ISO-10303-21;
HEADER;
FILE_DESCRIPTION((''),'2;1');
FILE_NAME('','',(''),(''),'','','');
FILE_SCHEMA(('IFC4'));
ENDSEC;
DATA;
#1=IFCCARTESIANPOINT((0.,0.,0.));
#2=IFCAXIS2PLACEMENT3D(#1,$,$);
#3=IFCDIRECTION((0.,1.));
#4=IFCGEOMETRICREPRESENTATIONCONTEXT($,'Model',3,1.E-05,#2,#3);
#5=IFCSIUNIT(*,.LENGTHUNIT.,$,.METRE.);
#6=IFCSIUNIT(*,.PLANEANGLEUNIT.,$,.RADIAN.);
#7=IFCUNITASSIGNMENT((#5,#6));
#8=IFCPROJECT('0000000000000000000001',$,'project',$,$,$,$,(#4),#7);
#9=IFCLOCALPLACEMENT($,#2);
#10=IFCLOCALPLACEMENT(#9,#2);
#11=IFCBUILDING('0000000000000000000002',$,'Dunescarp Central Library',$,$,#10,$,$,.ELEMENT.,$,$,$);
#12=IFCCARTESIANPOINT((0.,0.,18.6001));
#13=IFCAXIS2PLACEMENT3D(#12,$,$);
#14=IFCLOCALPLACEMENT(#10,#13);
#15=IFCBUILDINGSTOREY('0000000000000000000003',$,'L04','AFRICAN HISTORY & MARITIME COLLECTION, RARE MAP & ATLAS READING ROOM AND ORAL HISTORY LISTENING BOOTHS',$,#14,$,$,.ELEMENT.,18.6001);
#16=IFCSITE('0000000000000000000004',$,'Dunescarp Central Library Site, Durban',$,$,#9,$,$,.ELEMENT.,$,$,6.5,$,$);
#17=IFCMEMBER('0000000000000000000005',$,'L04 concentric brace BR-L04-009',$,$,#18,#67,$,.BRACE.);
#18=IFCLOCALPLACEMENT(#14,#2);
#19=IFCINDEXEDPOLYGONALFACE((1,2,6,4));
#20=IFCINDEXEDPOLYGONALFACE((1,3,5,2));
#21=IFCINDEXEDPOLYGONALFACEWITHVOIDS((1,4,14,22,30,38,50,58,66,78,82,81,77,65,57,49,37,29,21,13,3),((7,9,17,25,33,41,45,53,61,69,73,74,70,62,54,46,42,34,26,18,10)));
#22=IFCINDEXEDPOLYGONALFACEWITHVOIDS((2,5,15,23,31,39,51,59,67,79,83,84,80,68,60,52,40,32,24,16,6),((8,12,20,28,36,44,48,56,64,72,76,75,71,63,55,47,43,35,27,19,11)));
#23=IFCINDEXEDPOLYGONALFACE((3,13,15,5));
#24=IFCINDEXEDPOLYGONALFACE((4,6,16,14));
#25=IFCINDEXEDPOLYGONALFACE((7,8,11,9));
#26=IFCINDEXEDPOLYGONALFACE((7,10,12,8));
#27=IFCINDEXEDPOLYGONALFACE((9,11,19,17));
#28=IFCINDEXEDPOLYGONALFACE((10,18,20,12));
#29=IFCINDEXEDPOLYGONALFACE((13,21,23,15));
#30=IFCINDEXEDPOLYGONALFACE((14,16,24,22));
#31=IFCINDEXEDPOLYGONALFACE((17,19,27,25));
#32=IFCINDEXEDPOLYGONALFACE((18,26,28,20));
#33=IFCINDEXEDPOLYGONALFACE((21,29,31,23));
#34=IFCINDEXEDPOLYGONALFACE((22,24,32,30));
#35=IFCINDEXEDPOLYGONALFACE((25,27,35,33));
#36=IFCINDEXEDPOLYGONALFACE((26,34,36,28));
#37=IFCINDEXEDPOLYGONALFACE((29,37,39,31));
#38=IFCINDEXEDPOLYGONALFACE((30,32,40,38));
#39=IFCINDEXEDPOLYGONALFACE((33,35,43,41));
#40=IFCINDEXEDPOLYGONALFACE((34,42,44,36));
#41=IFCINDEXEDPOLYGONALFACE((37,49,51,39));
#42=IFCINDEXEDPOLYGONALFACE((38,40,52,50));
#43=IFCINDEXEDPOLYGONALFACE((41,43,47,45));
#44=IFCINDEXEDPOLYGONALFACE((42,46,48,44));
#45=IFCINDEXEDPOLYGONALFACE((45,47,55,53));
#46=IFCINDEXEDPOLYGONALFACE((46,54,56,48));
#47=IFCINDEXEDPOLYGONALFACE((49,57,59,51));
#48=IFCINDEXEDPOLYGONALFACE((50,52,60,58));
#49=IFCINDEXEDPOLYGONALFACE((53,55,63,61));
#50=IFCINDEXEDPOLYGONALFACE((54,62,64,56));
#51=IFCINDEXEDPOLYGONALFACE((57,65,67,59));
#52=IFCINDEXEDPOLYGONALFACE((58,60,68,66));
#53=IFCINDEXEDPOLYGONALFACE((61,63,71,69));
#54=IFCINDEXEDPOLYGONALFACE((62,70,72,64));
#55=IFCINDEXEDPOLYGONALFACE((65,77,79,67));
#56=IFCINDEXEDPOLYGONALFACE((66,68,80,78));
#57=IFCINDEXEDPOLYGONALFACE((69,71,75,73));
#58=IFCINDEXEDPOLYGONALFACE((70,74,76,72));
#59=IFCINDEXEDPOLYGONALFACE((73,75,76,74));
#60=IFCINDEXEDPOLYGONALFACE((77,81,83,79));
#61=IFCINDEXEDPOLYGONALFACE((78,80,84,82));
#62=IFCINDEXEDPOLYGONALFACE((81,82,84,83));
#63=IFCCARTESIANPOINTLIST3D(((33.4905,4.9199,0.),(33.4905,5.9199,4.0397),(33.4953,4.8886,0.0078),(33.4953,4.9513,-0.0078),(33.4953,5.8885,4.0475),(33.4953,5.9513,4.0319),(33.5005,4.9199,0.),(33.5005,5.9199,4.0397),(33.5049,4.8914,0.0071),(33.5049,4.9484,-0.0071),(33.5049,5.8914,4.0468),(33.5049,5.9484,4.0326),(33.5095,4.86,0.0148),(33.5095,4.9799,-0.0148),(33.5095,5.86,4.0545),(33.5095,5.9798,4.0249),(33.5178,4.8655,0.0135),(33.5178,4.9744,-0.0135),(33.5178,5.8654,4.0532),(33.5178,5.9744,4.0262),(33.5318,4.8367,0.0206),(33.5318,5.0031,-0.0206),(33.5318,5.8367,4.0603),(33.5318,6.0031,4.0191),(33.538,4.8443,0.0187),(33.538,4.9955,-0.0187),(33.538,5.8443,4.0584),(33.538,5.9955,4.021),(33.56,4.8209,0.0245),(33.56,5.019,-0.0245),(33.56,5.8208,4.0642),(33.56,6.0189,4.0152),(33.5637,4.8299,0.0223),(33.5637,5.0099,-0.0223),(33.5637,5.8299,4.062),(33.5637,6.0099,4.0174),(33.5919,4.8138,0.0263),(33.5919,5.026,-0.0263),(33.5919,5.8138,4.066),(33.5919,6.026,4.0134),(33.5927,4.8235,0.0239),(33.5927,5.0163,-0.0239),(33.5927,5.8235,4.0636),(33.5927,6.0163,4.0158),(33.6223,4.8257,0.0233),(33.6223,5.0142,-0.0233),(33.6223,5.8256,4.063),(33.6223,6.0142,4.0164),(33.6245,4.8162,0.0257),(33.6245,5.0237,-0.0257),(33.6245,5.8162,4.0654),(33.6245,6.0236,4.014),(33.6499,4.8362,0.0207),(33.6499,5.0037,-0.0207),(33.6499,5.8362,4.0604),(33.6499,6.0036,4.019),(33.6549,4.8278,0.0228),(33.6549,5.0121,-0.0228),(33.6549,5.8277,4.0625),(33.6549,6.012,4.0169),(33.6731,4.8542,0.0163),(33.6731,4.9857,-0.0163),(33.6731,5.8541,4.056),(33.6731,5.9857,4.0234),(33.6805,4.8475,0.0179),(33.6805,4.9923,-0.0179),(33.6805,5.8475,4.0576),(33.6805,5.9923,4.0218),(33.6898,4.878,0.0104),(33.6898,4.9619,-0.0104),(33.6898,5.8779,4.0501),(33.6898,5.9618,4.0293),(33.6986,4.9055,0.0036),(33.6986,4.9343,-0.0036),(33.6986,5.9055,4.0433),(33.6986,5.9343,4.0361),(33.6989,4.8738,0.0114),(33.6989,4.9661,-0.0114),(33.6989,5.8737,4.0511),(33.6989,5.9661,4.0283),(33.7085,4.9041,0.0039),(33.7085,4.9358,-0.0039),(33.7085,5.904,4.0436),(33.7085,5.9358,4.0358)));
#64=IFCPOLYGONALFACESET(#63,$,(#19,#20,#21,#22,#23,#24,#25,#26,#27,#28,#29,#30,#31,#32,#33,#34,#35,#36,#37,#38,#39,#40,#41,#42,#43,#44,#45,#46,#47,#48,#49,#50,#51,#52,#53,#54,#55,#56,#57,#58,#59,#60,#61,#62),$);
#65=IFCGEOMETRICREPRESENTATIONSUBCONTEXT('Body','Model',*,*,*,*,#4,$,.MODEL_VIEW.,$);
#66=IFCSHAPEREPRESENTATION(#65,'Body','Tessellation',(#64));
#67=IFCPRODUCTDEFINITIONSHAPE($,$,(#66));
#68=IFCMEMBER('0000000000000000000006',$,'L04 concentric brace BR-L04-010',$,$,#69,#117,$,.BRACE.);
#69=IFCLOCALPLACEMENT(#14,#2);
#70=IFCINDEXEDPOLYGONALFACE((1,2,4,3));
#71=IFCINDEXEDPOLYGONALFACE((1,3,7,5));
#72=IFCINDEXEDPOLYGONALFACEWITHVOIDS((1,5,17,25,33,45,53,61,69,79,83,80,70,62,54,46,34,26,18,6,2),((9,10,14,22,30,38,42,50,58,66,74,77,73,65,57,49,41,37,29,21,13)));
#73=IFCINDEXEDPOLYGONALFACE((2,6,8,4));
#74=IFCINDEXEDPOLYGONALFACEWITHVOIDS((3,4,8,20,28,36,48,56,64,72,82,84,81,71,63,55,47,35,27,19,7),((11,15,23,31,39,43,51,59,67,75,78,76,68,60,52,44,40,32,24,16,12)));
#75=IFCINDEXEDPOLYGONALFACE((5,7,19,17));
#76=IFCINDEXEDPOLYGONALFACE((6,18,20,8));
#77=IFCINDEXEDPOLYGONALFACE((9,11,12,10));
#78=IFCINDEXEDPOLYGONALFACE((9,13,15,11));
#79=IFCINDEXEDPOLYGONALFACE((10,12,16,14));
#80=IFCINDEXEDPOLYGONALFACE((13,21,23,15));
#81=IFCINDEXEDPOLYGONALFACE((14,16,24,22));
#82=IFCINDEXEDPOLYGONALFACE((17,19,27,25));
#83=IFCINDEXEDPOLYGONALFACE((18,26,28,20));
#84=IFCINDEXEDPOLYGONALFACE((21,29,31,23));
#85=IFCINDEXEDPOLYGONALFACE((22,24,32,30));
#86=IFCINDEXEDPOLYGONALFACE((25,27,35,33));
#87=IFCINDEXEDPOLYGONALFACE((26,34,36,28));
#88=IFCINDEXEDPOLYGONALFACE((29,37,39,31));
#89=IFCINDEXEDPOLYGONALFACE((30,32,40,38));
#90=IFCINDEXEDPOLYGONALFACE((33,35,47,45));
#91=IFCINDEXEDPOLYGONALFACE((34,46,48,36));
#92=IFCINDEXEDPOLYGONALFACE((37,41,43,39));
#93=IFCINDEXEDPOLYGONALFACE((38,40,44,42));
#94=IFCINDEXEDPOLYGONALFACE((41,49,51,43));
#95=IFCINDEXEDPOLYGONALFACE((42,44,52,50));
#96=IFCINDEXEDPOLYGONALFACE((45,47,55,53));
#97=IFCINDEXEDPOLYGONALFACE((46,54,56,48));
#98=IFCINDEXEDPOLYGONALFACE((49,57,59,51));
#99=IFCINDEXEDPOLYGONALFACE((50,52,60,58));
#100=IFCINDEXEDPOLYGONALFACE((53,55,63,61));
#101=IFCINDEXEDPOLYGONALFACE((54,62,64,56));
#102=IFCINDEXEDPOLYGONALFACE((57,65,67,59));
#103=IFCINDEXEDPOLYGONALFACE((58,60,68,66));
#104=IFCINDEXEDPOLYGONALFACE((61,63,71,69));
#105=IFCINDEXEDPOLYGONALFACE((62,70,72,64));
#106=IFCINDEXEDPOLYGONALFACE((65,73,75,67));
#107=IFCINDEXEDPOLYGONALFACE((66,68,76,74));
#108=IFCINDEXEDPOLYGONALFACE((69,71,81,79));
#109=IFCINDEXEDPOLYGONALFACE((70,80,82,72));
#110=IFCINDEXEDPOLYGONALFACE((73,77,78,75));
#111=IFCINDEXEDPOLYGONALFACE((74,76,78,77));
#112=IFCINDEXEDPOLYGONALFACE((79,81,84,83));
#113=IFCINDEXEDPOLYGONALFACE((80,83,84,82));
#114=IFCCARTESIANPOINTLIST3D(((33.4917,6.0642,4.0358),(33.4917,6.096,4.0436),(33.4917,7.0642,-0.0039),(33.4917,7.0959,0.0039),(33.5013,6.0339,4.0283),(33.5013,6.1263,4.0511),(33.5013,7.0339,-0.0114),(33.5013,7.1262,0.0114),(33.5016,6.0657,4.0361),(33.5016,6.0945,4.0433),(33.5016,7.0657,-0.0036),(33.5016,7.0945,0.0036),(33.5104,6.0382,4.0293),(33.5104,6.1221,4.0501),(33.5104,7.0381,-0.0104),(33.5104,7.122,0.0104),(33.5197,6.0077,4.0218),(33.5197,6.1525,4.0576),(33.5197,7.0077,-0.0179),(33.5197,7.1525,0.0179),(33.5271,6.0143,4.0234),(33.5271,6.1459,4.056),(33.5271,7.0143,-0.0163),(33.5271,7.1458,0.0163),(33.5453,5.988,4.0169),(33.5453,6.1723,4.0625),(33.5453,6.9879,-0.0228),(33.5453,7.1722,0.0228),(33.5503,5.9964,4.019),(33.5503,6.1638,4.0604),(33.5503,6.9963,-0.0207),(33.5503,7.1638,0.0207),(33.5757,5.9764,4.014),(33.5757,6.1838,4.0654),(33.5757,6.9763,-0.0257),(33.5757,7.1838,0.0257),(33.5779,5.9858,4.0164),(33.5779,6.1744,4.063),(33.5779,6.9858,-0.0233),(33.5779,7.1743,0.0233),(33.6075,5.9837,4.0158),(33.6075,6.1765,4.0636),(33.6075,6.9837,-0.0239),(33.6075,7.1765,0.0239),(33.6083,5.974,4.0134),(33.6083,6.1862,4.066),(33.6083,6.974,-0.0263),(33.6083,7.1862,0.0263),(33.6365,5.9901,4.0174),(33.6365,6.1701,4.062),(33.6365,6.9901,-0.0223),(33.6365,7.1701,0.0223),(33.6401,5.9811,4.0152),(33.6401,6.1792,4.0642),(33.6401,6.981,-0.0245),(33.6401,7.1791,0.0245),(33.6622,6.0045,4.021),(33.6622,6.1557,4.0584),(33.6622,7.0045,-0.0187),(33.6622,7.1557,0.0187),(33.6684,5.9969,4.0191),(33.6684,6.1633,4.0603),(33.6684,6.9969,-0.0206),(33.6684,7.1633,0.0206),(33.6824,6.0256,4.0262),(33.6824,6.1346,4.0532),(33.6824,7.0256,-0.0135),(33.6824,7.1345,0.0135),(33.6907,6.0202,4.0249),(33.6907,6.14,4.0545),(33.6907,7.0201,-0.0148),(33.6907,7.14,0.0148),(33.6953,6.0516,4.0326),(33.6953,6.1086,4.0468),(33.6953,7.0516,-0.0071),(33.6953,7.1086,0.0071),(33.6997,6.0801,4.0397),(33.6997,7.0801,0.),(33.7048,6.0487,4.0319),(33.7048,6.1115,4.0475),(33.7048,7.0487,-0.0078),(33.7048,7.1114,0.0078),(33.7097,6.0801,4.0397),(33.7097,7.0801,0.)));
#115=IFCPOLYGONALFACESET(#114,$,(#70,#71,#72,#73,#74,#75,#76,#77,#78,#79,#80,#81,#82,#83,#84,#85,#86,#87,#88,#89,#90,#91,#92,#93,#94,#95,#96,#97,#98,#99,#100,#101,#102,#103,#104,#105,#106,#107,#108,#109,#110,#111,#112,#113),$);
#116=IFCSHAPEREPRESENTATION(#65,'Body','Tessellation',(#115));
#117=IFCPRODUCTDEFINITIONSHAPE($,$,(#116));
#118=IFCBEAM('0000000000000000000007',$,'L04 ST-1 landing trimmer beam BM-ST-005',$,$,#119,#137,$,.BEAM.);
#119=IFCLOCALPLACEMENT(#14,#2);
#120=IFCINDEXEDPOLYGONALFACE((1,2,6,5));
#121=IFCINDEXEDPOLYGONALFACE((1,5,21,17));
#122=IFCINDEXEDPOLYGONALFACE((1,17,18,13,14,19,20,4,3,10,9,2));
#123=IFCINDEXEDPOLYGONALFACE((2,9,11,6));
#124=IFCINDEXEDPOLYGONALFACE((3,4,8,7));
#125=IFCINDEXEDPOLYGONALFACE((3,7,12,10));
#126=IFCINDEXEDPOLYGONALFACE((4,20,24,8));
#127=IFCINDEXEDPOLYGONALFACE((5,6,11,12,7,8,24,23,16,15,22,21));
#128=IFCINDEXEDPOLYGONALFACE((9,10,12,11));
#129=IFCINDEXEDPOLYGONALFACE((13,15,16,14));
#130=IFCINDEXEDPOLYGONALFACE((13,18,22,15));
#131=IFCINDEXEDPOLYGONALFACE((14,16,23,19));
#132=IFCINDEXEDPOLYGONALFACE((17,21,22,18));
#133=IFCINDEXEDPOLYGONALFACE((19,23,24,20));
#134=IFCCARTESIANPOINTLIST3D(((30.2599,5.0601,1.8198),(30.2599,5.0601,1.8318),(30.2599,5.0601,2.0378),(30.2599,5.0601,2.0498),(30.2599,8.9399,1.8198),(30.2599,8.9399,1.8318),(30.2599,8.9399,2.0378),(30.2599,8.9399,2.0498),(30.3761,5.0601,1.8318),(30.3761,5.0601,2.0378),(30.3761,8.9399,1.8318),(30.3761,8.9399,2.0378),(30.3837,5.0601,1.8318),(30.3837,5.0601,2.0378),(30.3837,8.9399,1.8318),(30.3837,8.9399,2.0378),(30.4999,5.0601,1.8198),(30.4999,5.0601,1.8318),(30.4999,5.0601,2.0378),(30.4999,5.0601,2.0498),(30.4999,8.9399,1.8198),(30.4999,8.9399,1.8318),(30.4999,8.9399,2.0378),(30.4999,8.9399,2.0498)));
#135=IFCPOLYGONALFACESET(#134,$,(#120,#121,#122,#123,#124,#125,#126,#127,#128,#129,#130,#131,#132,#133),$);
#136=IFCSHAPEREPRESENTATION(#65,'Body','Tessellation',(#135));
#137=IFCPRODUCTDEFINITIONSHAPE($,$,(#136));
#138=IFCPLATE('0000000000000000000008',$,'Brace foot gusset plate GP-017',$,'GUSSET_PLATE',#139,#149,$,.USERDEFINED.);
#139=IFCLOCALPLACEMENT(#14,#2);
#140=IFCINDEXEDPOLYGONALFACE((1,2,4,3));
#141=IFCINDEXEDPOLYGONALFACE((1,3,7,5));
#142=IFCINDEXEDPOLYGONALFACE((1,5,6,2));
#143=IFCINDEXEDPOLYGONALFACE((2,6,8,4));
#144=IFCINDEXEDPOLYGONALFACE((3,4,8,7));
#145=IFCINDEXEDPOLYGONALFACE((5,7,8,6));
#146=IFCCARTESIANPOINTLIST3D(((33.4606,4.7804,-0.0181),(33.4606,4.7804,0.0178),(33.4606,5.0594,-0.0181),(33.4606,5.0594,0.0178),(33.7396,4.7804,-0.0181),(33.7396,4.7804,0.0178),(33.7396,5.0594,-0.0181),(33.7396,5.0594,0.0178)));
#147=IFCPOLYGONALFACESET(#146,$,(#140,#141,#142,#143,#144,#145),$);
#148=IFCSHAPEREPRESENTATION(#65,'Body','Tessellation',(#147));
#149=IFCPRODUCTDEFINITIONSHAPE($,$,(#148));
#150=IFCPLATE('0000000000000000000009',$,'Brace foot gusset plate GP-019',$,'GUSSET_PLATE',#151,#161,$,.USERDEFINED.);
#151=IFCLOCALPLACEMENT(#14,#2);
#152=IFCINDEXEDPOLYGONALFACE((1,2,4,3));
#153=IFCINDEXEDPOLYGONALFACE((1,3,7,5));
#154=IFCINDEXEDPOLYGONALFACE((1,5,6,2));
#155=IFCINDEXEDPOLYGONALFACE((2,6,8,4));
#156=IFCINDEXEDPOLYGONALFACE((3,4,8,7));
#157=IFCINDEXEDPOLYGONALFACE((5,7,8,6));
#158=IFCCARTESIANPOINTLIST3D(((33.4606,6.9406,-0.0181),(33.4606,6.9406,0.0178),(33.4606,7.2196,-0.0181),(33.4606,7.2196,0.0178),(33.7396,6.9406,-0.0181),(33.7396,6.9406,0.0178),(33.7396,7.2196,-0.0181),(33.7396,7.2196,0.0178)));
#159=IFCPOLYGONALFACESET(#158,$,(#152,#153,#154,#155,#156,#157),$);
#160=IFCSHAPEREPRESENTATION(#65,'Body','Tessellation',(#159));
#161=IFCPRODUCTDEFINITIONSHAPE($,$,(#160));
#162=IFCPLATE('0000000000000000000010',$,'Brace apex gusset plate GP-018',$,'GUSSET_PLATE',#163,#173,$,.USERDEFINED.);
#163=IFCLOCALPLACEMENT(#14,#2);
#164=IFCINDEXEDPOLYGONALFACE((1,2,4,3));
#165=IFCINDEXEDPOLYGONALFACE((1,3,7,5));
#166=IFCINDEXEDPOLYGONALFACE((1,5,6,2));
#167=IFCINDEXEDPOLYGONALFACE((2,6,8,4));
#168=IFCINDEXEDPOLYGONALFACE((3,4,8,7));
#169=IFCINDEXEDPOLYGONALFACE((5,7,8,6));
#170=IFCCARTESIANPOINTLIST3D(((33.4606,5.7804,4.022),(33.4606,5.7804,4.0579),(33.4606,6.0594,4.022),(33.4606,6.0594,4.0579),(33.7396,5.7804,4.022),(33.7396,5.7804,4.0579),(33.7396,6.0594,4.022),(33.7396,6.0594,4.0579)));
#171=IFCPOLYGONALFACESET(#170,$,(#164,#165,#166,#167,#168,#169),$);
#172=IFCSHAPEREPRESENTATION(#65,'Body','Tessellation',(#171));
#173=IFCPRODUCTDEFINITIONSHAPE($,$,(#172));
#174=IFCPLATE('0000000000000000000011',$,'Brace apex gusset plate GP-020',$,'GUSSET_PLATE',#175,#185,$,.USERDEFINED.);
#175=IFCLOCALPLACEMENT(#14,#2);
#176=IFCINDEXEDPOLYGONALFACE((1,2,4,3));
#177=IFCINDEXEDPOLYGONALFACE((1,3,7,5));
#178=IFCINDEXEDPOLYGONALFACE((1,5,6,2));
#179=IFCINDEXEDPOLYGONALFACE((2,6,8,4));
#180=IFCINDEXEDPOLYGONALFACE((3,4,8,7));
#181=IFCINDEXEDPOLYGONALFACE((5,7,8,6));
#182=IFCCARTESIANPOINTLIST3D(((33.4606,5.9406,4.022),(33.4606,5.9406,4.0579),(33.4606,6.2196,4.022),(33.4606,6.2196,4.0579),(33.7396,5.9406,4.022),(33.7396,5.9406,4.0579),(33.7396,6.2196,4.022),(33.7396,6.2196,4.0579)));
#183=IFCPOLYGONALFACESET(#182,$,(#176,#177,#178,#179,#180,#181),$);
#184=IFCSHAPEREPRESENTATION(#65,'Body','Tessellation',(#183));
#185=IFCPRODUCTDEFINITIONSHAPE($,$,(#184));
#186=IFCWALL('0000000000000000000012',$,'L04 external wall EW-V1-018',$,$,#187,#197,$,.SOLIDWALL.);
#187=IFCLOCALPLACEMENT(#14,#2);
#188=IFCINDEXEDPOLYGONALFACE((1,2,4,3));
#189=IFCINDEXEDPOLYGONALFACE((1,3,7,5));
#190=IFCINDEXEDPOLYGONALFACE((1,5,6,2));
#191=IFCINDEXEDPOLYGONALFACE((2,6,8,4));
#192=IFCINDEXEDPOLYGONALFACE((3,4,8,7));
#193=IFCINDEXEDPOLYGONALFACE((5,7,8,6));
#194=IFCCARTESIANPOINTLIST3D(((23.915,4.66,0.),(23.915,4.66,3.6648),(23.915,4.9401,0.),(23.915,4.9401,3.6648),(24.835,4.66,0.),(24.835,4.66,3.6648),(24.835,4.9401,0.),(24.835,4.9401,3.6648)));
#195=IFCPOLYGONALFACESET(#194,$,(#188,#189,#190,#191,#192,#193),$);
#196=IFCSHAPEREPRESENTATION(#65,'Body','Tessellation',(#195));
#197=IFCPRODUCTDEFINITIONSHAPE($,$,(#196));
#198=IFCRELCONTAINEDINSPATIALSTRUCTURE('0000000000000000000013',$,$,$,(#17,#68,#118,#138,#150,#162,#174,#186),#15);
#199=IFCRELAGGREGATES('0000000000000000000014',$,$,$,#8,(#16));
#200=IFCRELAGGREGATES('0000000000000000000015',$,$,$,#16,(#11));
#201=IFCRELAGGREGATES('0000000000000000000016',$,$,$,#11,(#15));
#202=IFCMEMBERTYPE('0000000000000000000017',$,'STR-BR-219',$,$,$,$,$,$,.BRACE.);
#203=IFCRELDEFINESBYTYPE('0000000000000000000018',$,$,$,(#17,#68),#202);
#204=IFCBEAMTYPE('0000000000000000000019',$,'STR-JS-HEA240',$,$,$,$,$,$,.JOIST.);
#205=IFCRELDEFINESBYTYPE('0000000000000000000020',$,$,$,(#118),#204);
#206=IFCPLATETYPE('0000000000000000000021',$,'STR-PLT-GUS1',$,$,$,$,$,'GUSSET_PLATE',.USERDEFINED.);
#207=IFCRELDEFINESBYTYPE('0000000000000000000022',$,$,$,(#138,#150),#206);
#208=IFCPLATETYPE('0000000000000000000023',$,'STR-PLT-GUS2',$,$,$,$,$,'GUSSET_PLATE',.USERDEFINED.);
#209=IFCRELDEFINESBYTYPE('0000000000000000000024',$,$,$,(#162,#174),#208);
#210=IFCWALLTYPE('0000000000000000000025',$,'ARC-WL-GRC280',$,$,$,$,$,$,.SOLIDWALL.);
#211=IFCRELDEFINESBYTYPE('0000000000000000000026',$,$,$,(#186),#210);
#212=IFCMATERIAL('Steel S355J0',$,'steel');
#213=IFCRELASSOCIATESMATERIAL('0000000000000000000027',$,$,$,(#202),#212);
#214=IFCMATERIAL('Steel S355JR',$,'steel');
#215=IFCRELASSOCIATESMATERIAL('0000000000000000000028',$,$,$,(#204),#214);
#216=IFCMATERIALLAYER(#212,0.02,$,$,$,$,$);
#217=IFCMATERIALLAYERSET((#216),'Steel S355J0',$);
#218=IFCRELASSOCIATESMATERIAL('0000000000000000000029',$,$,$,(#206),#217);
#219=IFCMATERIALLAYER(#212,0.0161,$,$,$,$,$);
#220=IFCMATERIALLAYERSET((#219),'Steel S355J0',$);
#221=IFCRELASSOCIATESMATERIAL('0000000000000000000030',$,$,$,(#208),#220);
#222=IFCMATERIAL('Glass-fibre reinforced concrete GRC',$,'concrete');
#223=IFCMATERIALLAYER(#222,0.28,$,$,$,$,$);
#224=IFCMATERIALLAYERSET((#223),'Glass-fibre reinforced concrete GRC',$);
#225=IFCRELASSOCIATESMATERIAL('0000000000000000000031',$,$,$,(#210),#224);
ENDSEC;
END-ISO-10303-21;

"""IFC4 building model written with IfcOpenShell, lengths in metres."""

from ifc_helpers import new_model, si_unit, direction, frame, frame_2d, origin, origin_2d, place, context, subcontext, project, spatial, rectangle, hollow_circle, i_section, extrude, material, layer, layer_set, material_profile, profile_set, type_object, element, save


model = new_model("IFC4")

# Units and contexts
model_context = context("Model", 3, precision=1e-05, world=origin(), true_north=direction((0.0, 1.0)))
body_context = subcontext(model_context, "Body", "Model", "MODEL_VIEW")
ifc_project = project(units=[si_unit("LENGTHUNIT", "METRE"), si_unit("PLANEANGLEUNIT", "RADIAN")], contexts=[model_context])

# Site, building, storey
site_placement = place(None, origin())
site = spatial("IfcSite", under=ifc_project, at=site_placement, Name="Dunescarp Central Library Site, Durban", CompositionType="ELEMENT", RefElevation=6.5)
building_placement = place(site_placement, origin())
building = spatial("IfcBuilding", under=site, at=building_placement, Name="Dunescarp Central Library", CompositionType="ELEMENT")
storey_placement = place(building_placement, frame((0.0, 0.0, 18.6001)))
storey = spatial("IfcBuildingStorey", under=building, at=storey_placement, Name="L04", Description="AFRICAN HISTORY & MARITIME COLLECTION, RARE MAP & ATLAS READING ROOM AND ORAL HISTORY LISTENING BOOTHS", CompositionType="ELEMENT", Elevation=18.6001)

# Shared definitions
ifc_material_1 = material(Name="Steel S355JR", Category="steel")

# Members
ifc_material_2 = material(Name="Steel S355J0", Category="steel")
ifc_material_profile_1 = material_profile(ifc_material_2, hollow_circle(Radius=0.1096, WallThickness=0.01, at=origin_2d()), Name="CHS 219.1x10")
ifc_profile_set_1 = profile_set([ifc_material_profile_1], Name="Steel S355J0")
member_type_1 = type_object("IfcMemberType", Name="STR-BR-219", PredefinedType="BRACE", material=ifc_profile_set_1)
for number, where, z_axis, x_axis, name in (
    (1, (33.6001, 4.9199, 0.0), (0.0, 0.240285, 0.970702), (-1.0, 0.0, 0.0), "L04 concentric brace BR-L04-009"),
    (2, (33.6001, 7.0801, 0.0), (0.0, -0.240285, 0.970702), (1.0, 0.0, 0.0), "L04 concentric brace BR-L04-010"),
):
    element("IfcMember", number, at=place(storey_placement, frame(where, z_axis=z_axis, x_axis=x_axis)), inside=storey, type_object=member_type_1, Name=name, PredefinedType="BRACE", context=body_context, shape_type="SweptSolid", body=[
        extrude(hollow_circle(Radius=0.1096, WallThickness=0.01, at=origin_2d()), origin(), (0.0, 0.0, 1.0), 4.1616),
    ])

# Beam
ifc_material_profile_2 = material_profile(ifc_material_1, i_section(OverallWidth=0.24, OverallDepth=0.23, WebThickness=0.0076, FlangeThickness=0.012, at=origin_2d()), Name="HEA 240")
ifc_profile_set_2 = profile_set([ifc_material_profile_2], Name="Steel S355JR")
beam_type_1 = type_object("IfcBeamType", Name="STR-JS-HEA240", PredefinedType="JOIST", material=ifc_profile_set_2)
beam_1_placement = place(storey_placement, frame((30.3799, 5.0601, 1.9348), z_axis=(0.0, 1.0, 0.0), x_axis=(-1.0, 0.0, 0.0)))
element("IfcBeam", 3, at=beam_1_placement, inside=storey, type_object=beam_type_1, Name="L04 ST-1 landing trimmer beam BM-ST-005", PredefinedType="BEAM", context=body_context, shape_type="SweptSolid", body=[
    extrude(i_section(OverallWidth=0.24, OverallDepth=0.23, WebThickness=0.0076, FlangeThickness=0.012, at=origin_2d()), origin(), (0.0, 0.0, 1.0), 3.8799),
])

# Plates
ifc_layer_1 = layer(ifc_material_2, 0.02)
ifc_layer_set_1 = layer_set([ifc_layer_1], Name="Steel S355J0")
plate_type_1 = type_object("IfcPlateType", Name="STR-PLT-GUS1", ElementType="GUSSET_PLATE", PredefinedType="USERDEFINED", material=ifc_layer_set_1)
for number, where, z_axis, x_axis, name in (
    (4, (33.6001, 4.9199, -0.0181), (0.0, 0.0, 1.0), (1.0, 0.0, 0.0), "Brace foot gusset plate GP-017"),
    (5, (33.6001, 7.0801, -0.0181), (0.0, 0.0, 1.0), (1.0, 0.0, 0.0), "Brace foot gusset plate GP-019"),
):
    element("IfcPlate", number, at=place(storey_placement, frame(where, z_axis=z_axis, x_axis=x_axis)), inside=storey, type_object=plate_type_1, Name=name, ObjectType="GUSSET_PLATE", PredefinedType="USERDEFINED", context=body_context, shape_type="SweptSolid", body=[
        extrude(rectangle(XDim=0.2791, YDim=0.2791, at=origin_2d()), origin(), (0.0, 0.0, 1.0), 0.0359),
    ])
ifc_layer_2 = layer(ifc_material_2, 0.0161)
ifc_layer_set_2 = layer_set([ifc_layer_2], Name="Steel S355J0")
plate_type_2 = type_object("IfcPlateType", Name="STR-PLT-GUS2", ElementType="GUSSET_PLATE", PredefinedType="USERDEFINED", material=ifc_layer_set_2)
for number, where, z_axis, x_axis, name in (
    (6, (33.6001, 5.9199, 4.022), (0.0, 0.0, 1.0), (1.0, 0.0, 0.0), "Brace apex gusset plate GP-018"),
    (7, (33.6001, 6.0801, 4.022), (0.0, 0.0, 1.0), (1.0, 0.0, 0.0), "Brace apex gusset plate GP-020"),
):
    element("IfcPlate", number, at=place(storey_placement, frame(where, z_axis=z_axis, x_axis=x_axis)), inside=storey, type_object=plate_type_2, Name=name, ObjectType="GUSSET_PLATE", PredefinedType="USERDEFINED", context=body_context, shape_type="SweptSolid", body=[
        extrude(rectangle(XDim=0.2791, YDim=0.2791, at=origin_2d()), origin(), (0.0, 0.0, 1.0), 0.0359),
    ])

# Wall
ifc_material_3 = material(Name="Glass-fibre reinforced concrete GRC", Category="concrete")
ifc_layer_3 = layer(ifc_material_3, 0.28)
ifc_layer_set_3 = layer_set([ifc_layer_3], Name="Glass-fibre reinforced concrete GRC")
wall_type_1 = type_object("IfcWallType", Name="ARC-WL-GRC280", PredefinedType="SOLIDWALL", material=ifc_layer_set_3)
wall_1_placement = place(storey_placement, frame((24.835, 4.8, 0.0), z_axis=(0.0, 0.0, 1.0), x_axis=(-1.0, 0.0, 0.0)))
element("IfcWall", 8, at=wall_1_placement, inside=storey, type_object=wall_type_1, Name="L04 external wall EW-V1-018", PredefinedType="SOLIDWALL", context=body_context, shape_type="SweptSolid", body=[
    extrude(rectangle(XDim=0.9199, YDim=0.28, at=frame_2d((0.46, 0.0))), origin(), (0.0, 0.0, 1.0), 3.6648),
])

save(model, "model.ifc")
